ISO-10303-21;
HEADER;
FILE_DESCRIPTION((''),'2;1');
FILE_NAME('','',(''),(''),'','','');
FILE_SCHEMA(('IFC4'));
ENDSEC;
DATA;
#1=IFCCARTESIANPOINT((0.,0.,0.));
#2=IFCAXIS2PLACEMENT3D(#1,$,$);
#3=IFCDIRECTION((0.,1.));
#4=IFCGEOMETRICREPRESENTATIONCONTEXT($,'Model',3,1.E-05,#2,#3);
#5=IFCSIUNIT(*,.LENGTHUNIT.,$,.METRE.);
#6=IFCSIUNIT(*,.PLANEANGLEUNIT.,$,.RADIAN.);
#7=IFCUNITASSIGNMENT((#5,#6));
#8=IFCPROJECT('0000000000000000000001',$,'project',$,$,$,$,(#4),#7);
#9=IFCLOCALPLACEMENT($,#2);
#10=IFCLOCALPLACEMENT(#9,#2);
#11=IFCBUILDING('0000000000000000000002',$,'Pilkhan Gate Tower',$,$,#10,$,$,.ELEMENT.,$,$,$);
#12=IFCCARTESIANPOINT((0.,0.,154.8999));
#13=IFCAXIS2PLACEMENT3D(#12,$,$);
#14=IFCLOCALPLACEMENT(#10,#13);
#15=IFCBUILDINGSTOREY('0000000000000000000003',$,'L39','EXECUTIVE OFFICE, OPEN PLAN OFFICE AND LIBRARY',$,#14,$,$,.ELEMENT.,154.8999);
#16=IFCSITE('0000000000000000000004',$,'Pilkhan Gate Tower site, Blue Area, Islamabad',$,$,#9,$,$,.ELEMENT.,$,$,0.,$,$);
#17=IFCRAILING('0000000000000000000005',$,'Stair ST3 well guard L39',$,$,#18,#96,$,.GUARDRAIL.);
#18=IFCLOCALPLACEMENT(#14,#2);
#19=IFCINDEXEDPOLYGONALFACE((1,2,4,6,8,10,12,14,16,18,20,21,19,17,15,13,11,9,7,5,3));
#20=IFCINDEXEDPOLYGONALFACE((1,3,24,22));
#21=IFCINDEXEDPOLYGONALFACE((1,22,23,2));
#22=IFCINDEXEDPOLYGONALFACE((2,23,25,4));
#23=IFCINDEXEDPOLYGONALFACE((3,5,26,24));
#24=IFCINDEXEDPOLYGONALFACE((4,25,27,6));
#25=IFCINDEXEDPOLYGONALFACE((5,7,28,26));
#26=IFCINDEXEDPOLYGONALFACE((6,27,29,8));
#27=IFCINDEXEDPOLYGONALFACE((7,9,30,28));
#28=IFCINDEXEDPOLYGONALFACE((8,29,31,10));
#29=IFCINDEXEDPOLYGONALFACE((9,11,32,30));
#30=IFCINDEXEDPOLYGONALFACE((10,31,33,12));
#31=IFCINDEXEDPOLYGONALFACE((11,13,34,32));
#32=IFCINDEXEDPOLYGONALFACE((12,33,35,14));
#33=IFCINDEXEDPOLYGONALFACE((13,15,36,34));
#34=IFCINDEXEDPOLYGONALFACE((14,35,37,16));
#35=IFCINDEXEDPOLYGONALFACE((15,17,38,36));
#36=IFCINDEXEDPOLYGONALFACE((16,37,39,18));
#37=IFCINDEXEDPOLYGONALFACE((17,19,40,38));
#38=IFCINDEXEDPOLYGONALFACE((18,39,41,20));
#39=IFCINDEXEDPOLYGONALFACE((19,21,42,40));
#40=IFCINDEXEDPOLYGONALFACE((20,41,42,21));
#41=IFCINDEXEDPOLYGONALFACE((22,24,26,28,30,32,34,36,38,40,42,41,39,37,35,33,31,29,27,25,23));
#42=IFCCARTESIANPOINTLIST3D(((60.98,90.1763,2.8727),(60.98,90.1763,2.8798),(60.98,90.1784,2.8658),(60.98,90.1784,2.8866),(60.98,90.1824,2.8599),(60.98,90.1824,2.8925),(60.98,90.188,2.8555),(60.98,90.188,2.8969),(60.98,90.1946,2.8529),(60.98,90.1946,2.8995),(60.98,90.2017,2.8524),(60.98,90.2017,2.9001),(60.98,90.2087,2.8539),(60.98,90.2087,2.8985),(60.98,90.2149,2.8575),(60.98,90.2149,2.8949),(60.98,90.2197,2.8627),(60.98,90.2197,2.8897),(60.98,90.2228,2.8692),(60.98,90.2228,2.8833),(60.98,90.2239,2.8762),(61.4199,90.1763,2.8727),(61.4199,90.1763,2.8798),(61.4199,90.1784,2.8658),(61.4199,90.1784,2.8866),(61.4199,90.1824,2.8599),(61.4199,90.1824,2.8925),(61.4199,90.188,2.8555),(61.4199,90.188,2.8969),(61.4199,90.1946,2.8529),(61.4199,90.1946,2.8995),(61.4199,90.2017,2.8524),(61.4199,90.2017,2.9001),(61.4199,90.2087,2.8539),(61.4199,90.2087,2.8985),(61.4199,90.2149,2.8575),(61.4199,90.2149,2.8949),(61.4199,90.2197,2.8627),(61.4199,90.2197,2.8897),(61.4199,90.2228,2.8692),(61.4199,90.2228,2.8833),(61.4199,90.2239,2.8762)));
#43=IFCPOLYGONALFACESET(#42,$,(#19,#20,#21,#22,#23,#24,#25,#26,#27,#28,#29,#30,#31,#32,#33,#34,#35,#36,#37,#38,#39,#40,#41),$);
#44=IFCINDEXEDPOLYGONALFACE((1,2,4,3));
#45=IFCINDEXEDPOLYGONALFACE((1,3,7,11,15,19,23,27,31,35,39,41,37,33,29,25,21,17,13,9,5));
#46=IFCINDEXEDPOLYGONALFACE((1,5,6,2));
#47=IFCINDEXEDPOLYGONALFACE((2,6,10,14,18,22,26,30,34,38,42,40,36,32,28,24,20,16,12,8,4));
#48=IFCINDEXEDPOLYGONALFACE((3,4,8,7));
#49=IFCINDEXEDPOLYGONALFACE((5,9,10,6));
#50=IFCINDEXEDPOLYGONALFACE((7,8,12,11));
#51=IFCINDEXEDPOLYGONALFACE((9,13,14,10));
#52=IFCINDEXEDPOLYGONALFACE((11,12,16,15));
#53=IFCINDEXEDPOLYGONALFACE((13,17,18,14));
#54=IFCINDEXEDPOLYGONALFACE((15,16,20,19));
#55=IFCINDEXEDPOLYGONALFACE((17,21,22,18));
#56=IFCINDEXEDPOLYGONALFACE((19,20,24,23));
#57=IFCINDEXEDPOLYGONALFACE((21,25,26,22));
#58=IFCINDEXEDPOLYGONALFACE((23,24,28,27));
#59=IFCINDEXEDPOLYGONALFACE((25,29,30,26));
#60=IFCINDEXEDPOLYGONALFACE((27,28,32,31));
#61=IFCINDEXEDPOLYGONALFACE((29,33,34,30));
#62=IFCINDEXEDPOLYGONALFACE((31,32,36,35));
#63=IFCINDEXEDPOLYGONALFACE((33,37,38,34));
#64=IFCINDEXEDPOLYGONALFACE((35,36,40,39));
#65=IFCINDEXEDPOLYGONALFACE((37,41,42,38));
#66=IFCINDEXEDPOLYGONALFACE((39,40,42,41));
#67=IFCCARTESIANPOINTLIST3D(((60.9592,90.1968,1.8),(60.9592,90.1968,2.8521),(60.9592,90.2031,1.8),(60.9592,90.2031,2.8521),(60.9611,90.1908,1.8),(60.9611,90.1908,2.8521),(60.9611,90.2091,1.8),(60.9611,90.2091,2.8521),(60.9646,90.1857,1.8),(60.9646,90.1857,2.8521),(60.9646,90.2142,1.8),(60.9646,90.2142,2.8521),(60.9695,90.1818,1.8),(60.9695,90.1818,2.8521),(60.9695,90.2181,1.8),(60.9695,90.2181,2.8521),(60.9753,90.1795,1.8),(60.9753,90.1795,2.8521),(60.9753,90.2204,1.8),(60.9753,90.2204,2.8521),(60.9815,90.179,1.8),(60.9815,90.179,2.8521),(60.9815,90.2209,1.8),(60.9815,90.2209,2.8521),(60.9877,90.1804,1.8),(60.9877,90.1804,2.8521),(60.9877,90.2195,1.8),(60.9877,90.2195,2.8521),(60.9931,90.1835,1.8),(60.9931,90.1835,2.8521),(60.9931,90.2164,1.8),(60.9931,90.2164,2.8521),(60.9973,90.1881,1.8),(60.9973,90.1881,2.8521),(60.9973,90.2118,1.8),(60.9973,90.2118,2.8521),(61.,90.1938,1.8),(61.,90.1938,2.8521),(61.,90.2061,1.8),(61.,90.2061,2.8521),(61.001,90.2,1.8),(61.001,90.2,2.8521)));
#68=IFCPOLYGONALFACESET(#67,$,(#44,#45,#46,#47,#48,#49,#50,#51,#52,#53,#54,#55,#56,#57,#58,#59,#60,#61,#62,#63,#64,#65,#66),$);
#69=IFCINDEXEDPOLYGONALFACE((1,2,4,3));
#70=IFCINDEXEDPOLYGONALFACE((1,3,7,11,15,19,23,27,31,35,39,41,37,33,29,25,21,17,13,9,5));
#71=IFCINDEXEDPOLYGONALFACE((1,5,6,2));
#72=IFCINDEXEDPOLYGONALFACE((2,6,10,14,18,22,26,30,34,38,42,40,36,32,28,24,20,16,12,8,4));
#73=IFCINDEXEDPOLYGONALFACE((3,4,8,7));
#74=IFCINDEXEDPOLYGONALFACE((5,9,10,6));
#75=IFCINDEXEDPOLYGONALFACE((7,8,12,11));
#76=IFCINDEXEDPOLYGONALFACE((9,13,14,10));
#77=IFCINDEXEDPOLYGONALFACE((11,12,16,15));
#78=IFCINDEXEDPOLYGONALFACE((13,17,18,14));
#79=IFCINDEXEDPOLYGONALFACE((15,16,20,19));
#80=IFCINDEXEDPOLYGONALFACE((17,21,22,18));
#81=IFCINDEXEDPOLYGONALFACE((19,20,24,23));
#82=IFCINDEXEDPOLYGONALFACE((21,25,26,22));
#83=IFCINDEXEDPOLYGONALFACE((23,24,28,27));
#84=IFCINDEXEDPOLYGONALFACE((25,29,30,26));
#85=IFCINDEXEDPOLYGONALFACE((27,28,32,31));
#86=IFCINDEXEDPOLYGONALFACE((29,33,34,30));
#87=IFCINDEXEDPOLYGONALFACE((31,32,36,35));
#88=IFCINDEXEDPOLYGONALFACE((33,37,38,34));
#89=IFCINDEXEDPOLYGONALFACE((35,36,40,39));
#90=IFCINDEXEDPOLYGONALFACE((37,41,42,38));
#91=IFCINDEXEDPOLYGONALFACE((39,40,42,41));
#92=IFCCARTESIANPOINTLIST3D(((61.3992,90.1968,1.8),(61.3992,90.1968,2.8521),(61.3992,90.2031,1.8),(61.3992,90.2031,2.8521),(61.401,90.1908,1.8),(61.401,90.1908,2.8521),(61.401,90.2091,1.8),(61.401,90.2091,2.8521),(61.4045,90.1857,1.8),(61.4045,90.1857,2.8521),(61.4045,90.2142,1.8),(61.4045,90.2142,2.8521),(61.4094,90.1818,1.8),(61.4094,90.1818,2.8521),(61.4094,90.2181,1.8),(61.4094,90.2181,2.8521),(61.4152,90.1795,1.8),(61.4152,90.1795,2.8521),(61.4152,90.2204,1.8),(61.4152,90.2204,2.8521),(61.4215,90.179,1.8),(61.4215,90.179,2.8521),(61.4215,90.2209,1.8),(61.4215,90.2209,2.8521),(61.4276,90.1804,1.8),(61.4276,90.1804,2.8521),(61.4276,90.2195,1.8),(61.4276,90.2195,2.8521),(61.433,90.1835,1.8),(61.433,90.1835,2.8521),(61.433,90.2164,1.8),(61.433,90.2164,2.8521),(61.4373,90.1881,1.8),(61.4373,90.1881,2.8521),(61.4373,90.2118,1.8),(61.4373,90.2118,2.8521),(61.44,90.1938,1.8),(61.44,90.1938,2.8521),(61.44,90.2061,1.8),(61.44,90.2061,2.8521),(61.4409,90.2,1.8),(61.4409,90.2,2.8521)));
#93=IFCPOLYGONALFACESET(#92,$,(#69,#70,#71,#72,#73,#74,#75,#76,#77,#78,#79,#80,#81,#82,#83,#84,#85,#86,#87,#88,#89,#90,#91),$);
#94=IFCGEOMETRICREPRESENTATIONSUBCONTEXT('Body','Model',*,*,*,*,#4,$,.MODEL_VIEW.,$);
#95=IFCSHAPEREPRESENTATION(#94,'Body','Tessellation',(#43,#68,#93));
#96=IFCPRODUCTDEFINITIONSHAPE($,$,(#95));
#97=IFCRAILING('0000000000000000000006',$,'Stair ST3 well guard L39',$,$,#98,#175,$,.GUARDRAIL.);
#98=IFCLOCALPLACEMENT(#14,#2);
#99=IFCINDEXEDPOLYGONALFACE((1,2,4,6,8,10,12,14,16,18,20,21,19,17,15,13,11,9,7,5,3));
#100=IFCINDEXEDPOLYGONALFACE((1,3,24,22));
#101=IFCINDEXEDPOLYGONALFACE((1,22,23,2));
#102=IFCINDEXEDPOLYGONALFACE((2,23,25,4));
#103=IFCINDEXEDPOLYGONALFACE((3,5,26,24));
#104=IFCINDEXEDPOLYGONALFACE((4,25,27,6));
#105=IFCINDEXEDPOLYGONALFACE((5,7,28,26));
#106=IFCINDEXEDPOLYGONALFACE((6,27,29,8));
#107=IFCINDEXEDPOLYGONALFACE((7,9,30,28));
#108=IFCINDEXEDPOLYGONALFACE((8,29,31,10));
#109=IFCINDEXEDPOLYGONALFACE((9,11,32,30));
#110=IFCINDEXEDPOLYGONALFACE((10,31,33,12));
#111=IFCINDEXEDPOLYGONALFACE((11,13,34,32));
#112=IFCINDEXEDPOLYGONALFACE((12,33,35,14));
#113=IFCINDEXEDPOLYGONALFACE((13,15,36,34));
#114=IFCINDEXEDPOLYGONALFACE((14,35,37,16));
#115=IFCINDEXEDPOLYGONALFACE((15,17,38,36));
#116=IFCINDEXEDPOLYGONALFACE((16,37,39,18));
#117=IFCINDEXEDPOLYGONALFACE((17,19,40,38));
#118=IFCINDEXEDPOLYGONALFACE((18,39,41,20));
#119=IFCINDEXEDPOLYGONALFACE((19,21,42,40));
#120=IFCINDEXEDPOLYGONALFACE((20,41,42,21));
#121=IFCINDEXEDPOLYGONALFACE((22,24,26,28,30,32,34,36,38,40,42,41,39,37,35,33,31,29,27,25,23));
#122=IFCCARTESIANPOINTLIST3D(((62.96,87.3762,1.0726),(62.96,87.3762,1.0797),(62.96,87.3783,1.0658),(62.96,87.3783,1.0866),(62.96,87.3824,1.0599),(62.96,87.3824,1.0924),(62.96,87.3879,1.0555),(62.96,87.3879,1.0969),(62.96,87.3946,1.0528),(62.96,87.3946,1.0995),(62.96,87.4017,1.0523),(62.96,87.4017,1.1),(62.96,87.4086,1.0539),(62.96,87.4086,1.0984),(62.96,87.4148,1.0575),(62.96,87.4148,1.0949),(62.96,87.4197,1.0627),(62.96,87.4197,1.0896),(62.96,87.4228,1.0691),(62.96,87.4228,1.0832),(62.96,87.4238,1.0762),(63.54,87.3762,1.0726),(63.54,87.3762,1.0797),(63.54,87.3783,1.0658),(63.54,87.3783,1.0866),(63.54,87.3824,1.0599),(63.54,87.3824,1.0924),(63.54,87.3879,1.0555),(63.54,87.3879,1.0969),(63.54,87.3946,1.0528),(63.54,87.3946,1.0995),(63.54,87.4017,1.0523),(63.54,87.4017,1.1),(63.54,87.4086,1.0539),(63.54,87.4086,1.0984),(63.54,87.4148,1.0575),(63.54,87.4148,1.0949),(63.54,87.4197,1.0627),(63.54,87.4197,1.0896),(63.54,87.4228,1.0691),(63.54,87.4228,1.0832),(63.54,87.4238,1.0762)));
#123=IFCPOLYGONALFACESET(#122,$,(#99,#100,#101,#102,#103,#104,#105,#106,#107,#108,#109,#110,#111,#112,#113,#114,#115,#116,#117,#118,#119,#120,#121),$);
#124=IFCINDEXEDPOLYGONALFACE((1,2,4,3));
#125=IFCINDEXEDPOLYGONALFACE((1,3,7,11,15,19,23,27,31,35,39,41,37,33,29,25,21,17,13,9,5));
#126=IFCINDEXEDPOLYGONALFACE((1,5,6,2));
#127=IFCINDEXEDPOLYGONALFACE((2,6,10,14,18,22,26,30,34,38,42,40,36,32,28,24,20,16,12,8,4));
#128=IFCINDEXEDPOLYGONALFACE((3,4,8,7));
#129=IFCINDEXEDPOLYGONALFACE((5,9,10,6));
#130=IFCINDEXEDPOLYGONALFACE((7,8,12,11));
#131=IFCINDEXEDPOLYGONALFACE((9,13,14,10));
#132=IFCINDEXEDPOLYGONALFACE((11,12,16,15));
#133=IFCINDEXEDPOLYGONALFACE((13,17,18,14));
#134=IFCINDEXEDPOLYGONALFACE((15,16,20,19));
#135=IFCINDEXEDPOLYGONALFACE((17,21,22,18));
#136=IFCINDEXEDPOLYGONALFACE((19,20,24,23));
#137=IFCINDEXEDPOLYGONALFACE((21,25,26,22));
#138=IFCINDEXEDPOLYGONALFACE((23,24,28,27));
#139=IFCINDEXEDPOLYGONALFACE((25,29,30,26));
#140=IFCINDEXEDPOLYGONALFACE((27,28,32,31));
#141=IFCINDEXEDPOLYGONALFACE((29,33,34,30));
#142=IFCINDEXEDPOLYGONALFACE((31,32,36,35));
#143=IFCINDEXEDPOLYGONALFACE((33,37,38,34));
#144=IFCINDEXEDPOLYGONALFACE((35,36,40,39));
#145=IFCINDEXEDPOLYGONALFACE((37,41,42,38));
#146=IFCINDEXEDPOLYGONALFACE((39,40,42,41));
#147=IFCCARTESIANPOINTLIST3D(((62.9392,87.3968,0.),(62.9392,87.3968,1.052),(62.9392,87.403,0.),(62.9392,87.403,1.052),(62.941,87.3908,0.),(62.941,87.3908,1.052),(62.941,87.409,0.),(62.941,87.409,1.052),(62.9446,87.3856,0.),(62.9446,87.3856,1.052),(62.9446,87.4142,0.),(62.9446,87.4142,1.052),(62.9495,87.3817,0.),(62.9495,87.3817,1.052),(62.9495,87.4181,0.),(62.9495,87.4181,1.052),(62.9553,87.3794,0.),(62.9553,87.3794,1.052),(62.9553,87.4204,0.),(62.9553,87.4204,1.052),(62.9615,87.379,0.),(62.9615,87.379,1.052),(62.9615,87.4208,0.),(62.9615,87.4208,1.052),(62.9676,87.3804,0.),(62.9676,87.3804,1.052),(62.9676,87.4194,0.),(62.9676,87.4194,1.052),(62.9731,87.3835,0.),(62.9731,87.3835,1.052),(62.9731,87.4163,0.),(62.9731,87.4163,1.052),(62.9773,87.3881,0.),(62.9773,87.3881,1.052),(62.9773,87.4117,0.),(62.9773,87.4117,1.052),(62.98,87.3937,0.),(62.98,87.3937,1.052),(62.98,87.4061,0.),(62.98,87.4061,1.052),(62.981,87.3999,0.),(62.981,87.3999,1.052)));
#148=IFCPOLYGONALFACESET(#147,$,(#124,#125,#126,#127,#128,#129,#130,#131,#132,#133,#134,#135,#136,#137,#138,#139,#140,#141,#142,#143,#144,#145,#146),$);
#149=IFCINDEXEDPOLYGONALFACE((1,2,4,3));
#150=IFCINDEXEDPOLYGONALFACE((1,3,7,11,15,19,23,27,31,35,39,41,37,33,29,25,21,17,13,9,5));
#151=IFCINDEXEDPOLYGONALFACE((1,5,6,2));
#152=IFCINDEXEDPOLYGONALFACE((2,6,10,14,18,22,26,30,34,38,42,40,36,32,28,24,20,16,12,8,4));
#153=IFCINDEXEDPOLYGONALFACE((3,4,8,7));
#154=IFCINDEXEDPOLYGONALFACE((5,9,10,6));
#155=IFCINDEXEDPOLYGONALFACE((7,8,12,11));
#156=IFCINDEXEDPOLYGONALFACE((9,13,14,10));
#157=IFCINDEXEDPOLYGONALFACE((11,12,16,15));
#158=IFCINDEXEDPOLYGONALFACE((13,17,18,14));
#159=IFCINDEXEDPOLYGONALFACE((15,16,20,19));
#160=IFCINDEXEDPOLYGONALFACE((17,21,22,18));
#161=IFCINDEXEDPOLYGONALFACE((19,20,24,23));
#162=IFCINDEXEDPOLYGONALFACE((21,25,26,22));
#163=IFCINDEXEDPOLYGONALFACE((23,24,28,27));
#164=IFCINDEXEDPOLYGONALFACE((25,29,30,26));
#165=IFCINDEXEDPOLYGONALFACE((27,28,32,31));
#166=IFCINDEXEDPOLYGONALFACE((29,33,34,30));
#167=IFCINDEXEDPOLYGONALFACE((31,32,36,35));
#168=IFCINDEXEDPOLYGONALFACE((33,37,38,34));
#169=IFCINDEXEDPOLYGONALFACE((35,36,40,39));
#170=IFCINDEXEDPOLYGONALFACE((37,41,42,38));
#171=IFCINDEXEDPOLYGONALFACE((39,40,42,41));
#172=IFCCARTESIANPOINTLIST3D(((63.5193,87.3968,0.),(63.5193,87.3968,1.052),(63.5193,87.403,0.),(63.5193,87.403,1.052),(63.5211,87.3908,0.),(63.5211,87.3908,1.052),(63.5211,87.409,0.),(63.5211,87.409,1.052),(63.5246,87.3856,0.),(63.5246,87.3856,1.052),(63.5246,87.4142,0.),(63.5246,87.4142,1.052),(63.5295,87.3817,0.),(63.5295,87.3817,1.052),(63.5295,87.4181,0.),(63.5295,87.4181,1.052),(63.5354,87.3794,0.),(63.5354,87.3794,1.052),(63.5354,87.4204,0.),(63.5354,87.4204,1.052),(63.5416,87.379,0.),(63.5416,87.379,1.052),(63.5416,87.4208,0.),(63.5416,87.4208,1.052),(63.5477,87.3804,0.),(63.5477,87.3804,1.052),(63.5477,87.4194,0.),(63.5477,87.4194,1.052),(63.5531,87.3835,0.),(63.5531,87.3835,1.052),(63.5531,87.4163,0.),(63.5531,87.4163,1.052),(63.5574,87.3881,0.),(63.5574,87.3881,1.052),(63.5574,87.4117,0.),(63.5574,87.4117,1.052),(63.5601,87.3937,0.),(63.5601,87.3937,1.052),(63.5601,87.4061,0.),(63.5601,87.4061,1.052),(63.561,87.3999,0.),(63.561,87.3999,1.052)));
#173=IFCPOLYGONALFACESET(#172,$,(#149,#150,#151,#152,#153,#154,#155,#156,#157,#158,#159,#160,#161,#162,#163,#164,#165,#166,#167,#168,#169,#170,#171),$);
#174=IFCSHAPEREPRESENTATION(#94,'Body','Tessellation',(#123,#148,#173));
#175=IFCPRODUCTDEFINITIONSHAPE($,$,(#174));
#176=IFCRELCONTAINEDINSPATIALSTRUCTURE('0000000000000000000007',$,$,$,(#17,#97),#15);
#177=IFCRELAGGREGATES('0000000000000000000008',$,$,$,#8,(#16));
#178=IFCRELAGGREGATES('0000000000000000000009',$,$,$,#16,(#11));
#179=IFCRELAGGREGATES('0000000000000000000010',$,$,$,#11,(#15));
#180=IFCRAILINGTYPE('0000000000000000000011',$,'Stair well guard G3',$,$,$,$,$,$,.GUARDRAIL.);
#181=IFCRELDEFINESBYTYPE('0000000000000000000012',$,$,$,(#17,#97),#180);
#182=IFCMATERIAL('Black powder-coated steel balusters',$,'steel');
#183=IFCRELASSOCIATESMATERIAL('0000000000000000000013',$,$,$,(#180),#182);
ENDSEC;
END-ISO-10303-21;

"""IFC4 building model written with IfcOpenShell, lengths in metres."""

from ifc_helpers import new_model, si_unit, direction, frame, origin, origin_2d, place, context, subcontext, project, spatial, circle, extrude, material, type_object, element, save


model = new_model("IFC4")

# Units and contexts
model_context = context("Model", 3, precision=1e-05, world=origin(), true_north=direction((0.0, 1.0)))
body_context = subcontext(model_context, "Body", "Model", "MODEL_VIEW")
ifc_project = project(units=[si_unit("LENGTHUNIT", "METRE"), si_unit("PLANEANGLEUNIT", "RADIAN")], contexts=[model_context])

# Site, building, storey
site_placement = place(None, origin())
site = spatial("IfcSite", under=ifc_project, at=site_placement, Name="Pilkhan Gate Tower site, Blue Area, Islamabad", CompositionType="ELEMENT", RefElevation=0.0)
building_placement = place(site_placement, origin())
building = spatial("IfcBuilding", under=site, at=building_placement, Name="Pilkhan Gate Tower", CompositionType="ELEMENT")
storey_placement = place(building_placement, frame((0.0, 0.0, 154.8999)))
storey = spatial("IfcBuildingStorey", under=building, at=storey_placement, Name="L39", Description="EXECUTIVE OFFICE, OPEN PLAN OFFICE AND LIBRARY", CompositionType="ELEMENT", Elevation=154.8999)

# Railings
ifc_material_1 = material(Name="Black powder-coated steel balusters", Category="steel")
railing_type_1 = type_object("IfcRailingType", Name="Stair well guard G3", PredefinedType="GUARDRAIL", material=ifc_material_1)
railing_1_placement = place(storey_placement, frame((60.98, 90.2, 1.8)))
element("IfcRailing", 1, at=railing_1_placement, inside=storey, type_object=railing_type_1, Name="Stair ST3 well guard L39", PredefinedType="GUARDRAIL", context=body_context, shape_type="SweptSolid", body=[
    extrude(circle(Radius=0.0239, at=origin_2d()), frame((0.0, 0.0, 1.0762), z_axis=(1.0, 0.0, 0.0), x_axis=(0.0, 1.0, 0.0)), (0.0, 0.0, 1.0), 0.4399),
    extrude(circle(Radius=0.021, at=origin_2d()), origin(), (0.0, 0.0, 1.0), 1.052),
    extrude(circle(Radius=0.021, at=origin_2d()), frame((0.4399, 0.0, 0.0)), (0.0, 0.0, 1.0), 1.052),
])
for number, where, name in (
    (2, (62.96, 87.3999, 0.0), "Stair ST3 well guard L39"),
):
    element("IfcRailing", number, at=place(storey_placement, frame(where)), inside=storey, type_object=railing_type_1, Name=name, PredefinedType="GUARDRAIL", context=body_context, shape_type="SweptSolid", body=[
        extrude(circle(Radius=0.0239, at=origin_2d()), frame((0.0, 0.0, 1.0762), z_axis=(1.0, 0.0, 0.0), x_axis=(0.0, 1.0, 0.0)), (0.0, 0.0, 1.0), 0.5801),
        extrude(circle(Radius=0.021, at=origin_2d()), origin(), (0.0, 0.0, 1.0), 1.052),
        extrude(circle(Radius=0.021, at=origin_2d()), frame((0.5801, 0.0, 0.0)), (0.0, 0.0, 1.0), 1.052),
    ])

save(model, "model.ifc")
